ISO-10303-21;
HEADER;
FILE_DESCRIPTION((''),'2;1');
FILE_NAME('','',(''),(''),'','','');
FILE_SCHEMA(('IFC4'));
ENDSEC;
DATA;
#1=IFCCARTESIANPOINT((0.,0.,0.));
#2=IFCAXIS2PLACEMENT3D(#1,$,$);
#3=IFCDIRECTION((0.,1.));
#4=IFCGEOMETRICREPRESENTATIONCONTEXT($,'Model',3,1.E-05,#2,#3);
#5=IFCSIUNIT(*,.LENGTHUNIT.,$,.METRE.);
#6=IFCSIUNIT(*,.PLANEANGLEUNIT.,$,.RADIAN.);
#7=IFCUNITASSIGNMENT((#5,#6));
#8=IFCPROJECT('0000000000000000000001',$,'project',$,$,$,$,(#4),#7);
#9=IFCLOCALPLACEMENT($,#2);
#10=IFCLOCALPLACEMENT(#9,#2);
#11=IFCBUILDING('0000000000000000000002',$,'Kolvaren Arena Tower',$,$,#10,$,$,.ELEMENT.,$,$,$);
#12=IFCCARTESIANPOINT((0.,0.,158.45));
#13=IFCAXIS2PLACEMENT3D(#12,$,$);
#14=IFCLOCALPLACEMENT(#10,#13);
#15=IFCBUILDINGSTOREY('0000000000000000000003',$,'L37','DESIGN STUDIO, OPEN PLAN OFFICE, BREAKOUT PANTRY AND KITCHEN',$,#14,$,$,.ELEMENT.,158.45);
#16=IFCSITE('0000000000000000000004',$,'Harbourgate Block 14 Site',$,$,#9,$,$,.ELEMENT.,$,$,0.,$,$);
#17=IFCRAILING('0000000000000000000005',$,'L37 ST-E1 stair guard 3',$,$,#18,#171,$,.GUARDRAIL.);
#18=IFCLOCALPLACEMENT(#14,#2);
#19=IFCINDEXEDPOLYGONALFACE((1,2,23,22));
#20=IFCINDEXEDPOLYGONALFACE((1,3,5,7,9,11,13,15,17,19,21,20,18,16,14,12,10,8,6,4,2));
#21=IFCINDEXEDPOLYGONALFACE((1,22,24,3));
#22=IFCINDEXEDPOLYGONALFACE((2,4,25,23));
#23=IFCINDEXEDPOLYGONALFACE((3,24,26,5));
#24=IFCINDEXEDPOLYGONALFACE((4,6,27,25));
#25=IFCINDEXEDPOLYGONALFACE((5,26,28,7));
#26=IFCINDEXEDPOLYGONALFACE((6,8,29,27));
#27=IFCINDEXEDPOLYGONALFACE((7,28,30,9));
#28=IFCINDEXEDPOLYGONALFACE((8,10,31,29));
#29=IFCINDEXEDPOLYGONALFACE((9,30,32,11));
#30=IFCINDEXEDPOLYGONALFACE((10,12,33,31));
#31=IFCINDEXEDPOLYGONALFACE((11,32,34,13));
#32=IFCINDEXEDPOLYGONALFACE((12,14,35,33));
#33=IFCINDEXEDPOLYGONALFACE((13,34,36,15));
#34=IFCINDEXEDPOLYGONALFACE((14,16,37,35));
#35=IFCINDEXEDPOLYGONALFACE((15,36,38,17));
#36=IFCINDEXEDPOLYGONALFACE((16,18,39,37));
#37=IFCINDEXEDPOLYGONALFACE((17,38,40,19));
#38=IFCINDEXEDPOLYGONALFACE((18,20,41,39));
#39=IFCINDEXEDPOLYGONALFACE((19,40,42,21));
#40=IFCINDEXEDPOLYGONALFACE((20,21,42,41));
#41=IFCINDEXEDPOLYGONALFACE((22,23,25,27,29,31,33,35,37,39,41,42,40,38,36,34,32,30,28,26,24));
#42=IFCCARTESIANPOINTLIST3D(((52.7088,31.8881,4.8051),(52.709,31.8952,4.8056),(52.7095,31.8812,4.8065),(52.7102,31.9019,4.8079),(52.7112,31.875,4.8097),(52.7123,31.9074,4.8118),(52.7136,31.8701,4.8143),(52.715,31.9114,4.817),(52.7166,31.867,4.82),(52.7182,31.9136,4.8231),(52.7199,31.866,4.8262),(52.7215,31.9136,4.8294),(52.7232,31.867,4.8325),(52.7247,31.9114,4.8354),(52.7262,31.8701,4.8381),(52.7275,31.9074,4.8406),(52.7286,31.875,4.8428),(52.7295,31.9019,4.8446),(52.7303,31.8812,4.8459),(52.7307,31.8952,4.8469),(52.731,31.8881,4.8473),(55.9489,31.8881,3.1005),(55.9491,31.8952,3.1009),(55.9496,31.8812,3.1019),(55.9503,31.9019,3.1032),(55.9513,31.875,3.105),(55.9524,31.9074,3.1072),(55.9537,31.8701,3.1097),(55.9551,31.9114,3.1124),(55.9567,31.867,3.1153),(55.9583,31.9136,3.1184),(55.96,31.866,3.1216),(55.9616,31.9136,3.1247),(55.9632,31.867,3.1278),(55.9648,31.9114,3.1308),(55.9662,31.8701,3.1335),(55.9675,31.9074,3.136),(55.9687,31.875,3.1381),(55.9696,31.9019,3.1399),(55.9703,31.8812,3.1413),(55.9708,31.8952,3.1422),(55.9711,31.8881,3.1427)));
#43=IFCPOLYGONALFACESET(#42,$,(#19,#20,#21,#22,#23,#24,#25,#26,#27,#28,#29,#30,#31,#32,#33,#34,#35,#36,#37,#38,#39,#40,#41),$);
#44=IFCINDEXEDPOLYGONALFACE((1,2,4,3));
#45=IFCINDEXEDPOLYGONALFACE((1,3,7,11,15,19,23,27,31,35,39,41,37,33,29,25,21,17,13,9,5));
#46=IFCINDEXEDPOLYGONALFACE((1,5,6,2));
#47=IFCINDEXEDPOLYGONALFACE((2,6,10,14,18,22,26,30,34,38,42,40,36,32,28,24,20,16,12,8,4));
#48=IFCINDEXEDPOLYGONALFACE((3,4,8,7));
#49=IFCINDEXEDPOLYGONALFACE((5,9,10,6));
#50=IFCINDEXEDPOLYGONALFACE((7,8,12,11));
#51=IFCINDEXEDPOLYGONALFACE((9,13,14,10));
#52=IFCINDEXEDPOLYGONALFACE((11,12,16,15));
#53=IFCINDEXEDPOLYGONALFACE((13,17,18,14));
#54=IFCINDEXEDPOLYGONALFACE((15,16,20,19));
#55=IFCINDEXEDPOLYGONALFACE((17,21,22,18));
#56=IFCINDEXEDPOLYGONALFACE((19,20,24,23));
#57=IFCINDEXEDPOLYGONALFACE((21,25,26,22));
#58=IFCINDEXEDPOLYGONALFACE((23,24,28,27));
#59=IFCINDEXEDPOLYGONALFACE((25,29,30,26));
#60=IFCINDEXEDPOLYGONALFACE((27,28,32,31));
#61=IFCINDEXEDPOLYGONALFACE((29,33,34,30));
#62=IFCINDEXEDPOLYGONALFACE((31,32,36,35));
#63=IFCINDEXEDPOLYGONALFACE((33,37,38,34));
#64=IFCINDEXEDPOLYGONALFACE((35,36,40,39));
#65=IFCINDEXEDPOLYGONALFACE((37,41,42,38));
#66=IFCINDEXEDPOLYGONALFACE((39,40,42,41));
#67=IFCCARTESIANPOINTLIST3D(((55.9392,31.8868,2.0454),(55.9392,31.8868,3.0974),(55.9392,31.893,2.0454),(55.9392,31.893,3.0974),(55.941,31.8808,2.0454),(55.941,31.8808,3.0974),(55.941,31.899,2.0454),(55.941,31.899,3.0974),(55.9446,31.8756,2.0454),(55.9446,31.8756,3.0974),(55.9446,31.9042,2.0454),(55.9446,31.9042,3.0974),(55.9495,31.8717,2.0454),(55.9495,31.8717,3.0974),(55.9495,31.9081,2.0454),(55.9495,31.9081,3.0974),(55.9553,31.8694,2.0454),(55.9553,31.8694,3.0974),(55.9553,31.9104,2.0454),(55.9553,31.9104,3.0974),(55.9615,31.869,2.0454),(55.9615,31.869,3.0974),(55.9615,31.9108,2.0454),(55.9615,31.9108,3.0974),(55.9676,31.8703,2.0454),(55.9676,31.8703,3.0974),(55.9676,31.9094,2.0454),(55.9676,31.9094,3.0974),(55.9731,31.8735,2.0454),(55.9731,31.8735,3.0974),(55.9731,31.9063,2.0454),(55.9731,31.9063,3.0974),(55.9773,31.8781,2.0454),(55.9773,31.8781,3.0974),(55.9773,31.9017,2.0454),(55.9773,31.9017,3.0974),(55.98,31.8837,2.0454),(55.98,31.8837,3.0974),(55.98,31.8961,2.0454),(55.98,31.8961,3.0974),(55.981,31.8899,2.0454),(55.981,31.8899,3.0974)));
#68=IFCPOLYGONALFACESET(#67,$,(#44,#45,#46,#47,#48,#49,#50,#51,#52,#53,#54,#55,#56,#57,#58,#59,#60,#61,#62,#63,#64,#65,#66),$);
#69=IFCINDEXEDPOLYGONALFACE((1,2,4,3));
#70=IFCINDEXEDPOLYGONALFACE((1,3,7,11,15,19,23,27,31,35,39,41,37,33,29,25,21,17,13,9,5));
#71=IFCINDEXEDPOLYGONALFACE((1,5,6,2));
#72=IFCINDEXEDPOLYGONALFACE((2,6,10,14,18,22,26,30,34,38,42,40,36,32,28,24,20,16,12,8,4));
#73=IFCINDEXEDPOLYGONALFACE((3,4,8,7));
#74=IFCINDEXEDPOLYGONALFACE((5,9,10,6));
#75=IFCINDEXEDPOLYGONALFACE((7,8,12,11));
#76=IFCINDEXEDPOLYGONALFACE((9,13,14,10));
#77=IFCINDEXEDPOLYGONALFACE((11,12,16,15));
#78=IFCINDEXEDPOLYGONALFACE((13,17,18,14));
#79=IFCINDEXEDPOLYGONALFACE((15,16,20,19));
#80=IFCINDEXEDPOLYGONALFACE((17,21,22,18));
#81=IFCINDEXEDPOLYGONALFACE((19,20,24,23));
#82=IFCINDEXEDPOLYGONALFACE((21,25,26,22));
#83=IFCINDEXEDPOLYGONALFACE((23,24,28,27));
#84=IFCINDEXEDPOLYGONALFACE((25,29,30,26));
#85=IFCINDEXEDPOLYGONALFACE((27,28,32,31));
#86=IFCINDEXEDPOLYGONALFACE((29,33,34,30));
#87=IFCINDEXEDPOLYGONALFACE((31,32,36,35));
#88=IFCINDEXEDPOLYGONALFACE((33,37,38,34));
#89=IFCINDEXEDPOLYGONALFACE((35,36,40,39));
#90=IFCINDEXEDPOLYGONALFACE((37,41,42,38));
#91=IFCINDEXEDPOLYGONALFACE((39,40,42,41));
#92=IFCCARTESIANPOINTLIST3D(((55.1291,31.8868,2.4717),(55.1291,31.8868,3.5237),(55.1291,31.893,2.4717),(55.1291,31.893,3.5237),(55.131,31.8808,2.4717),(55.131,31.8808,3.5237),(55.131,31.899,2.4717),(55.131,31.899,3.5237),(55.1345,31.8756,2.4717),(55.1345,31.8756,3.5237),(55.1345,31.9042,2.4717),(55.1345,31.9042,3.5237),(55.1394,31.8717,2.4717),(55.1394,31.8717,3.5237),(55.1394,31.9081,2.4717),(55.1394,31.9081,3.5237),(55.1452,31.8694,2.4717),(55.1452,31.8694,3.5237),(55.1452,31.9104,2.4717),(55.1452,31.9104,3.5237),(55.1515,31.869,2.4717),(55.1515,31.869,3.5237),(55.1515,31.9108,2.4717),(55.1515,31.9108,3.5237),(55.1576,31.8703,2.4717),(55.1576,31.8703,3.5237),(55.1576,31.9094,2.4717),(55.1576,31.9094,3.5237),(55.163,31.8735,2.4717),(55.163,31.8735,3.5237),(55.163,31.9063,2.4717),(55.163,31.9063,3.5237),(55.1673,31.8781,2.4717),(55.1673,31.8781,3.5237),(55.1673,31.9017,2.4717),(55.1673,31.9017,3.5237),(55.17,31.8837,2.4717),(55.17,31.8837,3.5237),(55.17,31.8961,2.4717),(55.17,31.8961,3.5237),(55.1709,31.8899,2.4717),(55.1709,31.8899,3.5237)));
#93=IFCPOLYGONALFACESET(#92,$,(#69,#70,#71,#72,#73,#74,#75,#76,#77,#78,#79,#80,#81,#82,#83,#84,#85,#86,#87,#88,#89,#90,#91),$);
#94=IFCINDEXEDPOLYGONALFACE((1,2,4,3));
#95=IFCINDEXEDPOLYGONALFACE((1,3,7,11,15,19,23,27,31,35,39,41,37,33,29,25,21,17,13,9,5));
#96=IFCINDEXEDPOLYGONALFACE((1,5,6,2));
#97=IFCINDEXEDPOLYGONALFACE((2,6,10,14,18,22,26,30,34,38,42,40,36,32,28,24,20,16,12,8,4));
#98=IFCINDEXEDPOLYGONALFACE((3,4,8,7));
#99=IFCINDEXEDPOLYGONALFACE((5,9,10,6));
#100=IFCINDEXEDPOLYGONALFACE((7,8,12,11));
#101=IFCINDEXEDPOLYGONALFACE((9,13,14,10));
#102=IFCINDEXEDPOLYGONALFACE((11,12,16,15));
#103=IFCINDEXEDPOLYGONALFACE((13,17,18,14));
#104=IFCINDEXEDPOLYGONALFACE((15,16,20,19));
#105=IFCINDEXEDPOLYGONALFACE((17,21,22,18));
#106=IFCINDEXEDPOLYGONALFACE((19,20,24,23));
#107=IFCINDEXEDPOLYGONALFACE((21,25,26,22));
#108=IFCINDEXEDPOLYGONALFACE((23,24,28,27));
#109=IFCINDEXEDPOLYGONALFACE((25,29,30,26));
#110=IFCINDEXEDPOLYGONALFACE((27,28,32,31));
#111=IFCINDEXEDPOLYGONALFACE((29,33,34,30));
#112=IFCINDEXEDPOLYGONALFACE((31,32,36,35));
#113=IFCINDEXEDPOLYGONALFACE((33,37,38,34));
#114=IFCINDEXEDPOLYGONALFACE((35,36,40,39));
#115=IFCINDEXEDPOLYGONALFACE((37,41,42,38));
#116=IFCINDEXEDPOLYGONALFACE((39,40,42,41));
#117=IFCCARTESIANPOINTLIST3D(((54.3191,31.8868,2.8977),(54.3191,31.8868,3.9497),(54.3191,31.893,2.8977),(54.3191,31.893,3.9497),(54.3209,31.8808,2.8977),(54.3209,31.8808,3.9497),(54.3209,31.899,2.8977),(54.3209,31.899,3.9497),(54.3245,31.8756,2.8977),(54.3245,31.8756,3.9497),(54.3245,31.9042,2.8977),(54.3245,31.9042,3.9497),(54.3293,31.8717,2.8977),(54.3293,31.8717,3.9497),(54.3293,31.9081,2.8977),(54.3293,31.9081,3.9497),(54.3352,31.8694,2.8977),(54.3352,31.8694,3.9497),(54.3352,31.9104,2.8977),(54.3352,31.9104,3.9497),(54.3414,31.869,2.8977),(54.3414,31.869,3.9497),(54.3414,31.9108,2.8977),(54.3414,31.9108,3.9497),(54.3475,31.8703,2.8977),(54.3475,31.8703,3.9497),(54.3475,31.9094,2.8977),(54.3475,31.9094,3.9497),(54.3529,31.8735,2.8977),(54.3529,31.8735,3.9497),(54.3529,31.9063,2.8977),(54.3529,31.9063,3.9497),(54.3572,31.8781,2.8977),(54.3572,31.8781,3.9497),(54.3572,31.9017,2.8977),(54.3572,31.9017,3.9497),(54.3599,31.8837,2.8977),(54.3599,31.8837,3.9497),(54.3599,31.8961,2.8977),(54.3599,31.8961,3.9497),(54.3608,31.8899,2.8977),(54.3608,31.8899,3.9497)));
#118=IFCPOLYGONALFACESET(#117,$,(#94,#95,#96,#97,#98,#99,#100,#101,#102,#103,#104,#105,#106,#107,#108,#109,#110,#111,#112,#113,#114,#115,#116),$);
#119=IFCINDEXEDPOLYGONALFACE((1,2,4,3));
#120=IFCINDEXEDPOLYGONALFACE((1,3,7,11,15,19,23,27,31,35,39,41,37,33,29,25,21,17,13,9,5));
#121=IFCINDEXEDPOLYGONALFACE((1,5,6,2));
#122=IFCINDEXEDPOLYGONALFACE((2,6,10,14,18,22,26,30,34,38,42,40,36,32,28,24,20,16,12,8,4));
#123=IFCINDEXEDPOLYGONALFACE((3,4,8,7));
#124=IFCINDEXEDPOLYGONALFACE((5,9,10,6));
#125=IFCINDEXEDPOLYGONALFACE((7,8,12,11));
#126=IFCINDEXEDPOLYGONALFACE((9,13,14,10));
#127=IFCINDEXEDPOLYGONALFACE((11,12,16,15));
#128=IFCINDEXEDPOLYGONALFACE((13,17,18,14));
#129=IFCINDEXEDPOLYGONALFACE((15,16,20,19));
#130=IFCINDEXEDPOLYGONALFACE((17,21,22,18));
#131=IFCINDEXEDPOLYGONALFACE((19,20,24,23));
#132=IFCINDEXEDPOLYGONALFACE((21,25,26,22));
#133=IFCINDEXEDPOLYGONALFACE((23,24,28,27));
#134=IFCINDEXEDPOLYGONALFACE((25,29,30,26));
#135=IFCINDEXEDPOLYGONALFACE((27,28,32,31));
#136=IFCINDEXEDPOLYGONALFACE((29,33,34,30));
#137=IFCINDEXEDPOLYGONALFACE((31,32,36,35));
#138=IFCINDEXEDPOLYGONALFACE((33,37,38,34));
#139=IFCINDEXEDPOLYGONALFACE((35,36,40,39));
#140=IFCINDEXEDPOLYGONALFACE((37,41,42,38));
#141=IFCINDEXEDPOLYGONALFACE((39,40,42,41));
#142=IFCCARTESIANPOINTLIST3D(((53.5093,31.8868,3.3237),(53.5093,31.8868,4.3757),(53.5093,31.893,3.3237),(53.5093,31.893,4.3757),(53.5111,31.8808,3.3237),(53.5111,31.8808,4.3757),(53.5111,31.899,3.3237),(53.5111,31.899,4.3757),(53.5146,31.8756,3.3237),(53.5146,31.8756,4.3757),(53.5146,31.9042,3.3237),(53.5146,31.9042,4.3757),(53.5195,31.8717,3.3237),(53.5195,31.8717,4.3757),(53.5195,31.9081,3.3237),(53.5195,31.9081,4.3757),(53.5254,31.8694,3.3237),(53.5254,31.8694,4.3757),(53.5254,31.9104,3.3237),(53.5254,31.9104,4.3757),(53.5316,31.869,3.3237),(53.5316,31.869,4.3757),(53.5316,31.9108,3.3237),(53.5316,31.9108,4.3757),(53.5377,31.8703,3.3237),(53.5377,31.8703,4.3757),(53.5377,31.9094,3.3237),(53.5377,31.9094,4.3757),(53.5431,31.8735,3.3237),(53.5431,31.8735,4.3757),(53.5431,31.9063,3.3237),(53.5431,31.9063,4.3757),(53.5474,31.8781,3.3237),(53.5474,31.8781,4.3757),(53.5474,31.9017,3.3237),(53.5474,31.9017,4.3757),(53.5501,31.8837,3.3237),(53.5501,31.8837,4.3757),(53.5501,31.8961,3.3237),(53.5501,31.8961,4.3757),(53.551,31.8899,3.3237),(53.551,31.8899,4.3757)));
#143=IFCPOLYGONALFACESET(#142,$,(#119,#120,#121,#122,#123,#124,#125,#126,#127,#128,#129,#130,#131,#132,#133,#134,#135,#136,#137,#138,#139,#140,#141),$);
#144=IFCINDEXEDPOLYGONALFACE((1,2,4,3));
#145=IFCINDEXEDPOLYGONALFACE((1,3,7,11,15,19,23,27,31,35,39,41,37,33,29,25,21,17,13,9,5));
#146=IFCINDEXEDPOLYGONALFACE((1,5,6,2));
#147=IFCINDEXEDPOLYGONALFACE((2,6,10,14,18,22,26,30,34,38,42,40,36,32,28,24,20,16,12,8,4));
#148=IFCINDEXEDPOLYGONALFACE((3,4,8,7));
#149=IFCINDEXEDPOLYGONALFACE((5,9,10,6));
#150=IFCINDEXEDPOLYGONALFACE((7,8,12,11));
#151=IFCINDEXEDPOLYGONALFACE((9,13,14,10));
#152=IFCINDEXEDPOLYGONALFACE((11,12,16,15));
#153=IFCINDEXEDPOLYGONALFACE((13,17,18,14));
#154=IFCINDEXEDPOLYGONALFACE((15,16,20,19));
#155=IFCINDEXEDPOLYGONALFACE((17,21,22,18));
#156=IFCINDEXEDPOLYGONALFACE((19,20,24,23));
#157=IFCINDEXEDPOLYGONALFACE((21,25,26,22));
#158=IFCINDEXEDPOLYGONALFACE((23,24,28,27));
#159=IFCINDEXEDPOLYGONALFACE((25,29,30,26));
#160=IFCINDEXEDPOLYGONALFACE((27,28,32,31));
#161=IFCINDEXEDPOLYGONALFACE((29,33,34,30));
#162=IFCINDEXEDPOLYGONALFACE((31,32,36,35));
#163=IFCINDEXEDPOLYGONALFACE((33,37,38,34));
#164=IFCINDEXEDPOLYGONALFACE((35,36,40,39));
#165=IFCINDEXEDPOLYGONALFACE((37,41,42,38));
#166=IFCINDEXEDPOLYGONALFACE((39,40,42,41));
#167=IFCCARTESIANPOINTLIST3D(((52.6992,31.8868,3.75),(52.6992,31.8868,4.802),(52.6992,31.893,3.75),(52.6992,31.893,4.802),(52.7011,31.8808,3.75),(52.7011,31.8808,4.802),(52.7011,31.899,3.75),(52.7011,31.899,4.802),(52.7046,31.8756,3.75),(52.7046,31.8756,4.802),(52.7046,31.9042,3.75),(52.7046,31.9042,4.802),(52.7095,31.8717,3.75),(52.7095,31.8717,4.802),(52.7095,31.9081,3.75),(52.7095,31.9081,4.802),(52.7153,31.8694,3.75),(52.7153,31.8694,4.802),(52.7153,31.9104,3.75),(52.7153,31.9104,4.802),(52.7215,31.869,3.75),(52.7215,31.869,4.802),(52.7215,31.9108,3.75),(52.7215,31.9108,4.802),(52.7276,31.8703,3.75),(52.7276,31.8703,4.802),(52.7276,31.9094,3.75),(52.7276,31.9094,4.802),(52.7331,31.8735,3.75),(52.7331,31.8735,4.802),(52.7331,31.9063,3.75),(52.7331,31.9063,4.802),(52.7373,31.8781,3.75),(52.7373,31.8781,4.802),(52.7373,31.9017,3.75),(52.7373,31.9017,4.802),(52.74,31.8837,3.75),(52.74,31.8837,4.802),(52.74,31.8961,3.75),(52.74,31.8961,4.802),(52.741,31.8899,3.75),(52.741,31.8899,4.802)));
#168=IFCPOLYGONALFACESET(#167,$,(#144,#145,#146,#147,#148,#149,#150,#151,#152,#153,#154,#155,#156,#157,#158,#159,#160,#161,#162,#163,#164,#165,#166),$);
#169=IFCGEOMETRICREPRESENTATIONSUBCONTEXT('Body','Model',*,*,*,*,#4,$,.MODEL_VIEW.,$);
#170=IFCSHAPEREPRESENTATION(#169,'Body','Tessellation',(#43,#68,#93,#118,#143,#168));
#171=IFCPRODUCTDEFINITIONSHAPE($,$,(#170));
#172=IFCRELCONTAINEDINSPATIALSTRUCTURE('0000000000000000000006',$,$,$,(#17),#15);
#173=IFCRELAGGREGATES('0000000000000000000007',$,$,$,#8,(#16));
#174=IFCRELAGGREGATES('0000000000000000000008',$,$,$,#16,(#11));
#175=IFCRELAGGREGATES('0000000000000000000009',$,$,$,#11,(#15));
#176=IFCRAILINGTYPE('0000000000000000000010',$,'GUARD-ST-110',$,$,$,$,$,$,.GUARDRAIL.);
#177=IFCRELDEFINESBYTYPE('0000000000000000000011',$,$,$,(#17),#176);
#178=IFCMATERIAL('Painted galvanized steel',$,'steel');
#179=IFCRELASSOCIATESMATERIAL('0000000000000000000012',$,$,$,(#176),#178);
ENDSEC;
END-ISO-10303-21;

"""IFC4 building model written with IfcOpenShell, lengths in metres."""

from ifc_helpers import new_model, si_unit, direction, frame, origin, origin_2d, place, context, subcontext, project, spatial, circle, extrude, material, type_object, element, save


model = new_model("IFC4")

# Units and contexts
model_context = context("Model", 3, precision=1e-05, world=origin(), true_north=direction((0.0, 1.0)))
body_context = subcontext(model_context, "Body", "Model", "MODEL_VIEW")
ifc_project = project(units=[si_unit("LENGTHUNIT", "METRE"), si_unit("PLANEANGLEUNIT", "RADIAN")], contexts=[model_context])

# Site, building, storey
site_placement = place(None, origin())
site = spatial("IfcSite", under=ifc_project, at=site_placement, Name="Harbourgate Block 14 Site", CompositionType="ELEMENT", RefElevation=0.0)
building_placement = place(site_placement, origin())
building = spatial("IfcBuilding", under=site, at=building_placement, Name="Kolvaren Arena Tower", CompositionType="ELEMENT")
storey_placement = place(building_placement, frame((0.0, 0.0, 158.45)))
storey = spatial("IfcBuildingStorey", under=building, at=storey_placement, Name="L37", Description="DESIGN STUDIO, OPEN PLAN OFFICE, BREAKOUT PANTRY AND KITCHEN", CompositionType="ELEMENT", Elevation=158.45)

# Railing
ifc_material_1 = material(Name="Painted galvanized steel", Category="steel")
railing_type_1 = type_object("IfcRailingType", Name="GUARD-ST-110", PredefinedType="GUARDRAIL", material=ifc_material_1)
railing_1_placement = place(storey_placement, frame((55.96, 31.8899, 2.0454)))
element("IfcRailing", 1, at=railing_1_placement, inside=storey, type_object=railing_type_1, Name="L37 ST-E1 stair guard 3", PredefinedType="GUARDRAIL", context=body_context, shape_type="SweptSolid", body=[
    extrude(circle(Radius=0.0239, at=origin_2d()), frame((0.0, 0.0, 1.0762), z_axis=(-0.884993, 0.0, 0.465604), x_axis=(0.0, -1.0, 0.0)), (0.0, 0.0, 1.0), 3.6611),
    extrude(circle(Radius=0.021, at=origin_2d()), origin(), (0.0, 0.0, 1.0), 1.052),
    extrude(circle(Radius=0.021, at=origin_2d()), frame((-0.8101, 0.0, 0.4263)), (0.0, 0.0, 1.0), 1.052),
    extrude(circle(Radius=0.021, at=origin_2d()), frame((-1.6201, 0.0, 0.8523)), (0.0, 0.0, 1.0), 1.052),
    extrude(circle(Radius=0.021, at=origin_2d()), frame((-2.4299, 0.0, 1.2783)), (0.0, 0.0, 1.0), 1.052),
    extrude(circle(Radius=0.021, at=origin_2d()), frame((-3.24, 0.0, 1.7046)), (0.0, 0.0, 1.0), 1.052),
])

save(model, "model.ifc")
